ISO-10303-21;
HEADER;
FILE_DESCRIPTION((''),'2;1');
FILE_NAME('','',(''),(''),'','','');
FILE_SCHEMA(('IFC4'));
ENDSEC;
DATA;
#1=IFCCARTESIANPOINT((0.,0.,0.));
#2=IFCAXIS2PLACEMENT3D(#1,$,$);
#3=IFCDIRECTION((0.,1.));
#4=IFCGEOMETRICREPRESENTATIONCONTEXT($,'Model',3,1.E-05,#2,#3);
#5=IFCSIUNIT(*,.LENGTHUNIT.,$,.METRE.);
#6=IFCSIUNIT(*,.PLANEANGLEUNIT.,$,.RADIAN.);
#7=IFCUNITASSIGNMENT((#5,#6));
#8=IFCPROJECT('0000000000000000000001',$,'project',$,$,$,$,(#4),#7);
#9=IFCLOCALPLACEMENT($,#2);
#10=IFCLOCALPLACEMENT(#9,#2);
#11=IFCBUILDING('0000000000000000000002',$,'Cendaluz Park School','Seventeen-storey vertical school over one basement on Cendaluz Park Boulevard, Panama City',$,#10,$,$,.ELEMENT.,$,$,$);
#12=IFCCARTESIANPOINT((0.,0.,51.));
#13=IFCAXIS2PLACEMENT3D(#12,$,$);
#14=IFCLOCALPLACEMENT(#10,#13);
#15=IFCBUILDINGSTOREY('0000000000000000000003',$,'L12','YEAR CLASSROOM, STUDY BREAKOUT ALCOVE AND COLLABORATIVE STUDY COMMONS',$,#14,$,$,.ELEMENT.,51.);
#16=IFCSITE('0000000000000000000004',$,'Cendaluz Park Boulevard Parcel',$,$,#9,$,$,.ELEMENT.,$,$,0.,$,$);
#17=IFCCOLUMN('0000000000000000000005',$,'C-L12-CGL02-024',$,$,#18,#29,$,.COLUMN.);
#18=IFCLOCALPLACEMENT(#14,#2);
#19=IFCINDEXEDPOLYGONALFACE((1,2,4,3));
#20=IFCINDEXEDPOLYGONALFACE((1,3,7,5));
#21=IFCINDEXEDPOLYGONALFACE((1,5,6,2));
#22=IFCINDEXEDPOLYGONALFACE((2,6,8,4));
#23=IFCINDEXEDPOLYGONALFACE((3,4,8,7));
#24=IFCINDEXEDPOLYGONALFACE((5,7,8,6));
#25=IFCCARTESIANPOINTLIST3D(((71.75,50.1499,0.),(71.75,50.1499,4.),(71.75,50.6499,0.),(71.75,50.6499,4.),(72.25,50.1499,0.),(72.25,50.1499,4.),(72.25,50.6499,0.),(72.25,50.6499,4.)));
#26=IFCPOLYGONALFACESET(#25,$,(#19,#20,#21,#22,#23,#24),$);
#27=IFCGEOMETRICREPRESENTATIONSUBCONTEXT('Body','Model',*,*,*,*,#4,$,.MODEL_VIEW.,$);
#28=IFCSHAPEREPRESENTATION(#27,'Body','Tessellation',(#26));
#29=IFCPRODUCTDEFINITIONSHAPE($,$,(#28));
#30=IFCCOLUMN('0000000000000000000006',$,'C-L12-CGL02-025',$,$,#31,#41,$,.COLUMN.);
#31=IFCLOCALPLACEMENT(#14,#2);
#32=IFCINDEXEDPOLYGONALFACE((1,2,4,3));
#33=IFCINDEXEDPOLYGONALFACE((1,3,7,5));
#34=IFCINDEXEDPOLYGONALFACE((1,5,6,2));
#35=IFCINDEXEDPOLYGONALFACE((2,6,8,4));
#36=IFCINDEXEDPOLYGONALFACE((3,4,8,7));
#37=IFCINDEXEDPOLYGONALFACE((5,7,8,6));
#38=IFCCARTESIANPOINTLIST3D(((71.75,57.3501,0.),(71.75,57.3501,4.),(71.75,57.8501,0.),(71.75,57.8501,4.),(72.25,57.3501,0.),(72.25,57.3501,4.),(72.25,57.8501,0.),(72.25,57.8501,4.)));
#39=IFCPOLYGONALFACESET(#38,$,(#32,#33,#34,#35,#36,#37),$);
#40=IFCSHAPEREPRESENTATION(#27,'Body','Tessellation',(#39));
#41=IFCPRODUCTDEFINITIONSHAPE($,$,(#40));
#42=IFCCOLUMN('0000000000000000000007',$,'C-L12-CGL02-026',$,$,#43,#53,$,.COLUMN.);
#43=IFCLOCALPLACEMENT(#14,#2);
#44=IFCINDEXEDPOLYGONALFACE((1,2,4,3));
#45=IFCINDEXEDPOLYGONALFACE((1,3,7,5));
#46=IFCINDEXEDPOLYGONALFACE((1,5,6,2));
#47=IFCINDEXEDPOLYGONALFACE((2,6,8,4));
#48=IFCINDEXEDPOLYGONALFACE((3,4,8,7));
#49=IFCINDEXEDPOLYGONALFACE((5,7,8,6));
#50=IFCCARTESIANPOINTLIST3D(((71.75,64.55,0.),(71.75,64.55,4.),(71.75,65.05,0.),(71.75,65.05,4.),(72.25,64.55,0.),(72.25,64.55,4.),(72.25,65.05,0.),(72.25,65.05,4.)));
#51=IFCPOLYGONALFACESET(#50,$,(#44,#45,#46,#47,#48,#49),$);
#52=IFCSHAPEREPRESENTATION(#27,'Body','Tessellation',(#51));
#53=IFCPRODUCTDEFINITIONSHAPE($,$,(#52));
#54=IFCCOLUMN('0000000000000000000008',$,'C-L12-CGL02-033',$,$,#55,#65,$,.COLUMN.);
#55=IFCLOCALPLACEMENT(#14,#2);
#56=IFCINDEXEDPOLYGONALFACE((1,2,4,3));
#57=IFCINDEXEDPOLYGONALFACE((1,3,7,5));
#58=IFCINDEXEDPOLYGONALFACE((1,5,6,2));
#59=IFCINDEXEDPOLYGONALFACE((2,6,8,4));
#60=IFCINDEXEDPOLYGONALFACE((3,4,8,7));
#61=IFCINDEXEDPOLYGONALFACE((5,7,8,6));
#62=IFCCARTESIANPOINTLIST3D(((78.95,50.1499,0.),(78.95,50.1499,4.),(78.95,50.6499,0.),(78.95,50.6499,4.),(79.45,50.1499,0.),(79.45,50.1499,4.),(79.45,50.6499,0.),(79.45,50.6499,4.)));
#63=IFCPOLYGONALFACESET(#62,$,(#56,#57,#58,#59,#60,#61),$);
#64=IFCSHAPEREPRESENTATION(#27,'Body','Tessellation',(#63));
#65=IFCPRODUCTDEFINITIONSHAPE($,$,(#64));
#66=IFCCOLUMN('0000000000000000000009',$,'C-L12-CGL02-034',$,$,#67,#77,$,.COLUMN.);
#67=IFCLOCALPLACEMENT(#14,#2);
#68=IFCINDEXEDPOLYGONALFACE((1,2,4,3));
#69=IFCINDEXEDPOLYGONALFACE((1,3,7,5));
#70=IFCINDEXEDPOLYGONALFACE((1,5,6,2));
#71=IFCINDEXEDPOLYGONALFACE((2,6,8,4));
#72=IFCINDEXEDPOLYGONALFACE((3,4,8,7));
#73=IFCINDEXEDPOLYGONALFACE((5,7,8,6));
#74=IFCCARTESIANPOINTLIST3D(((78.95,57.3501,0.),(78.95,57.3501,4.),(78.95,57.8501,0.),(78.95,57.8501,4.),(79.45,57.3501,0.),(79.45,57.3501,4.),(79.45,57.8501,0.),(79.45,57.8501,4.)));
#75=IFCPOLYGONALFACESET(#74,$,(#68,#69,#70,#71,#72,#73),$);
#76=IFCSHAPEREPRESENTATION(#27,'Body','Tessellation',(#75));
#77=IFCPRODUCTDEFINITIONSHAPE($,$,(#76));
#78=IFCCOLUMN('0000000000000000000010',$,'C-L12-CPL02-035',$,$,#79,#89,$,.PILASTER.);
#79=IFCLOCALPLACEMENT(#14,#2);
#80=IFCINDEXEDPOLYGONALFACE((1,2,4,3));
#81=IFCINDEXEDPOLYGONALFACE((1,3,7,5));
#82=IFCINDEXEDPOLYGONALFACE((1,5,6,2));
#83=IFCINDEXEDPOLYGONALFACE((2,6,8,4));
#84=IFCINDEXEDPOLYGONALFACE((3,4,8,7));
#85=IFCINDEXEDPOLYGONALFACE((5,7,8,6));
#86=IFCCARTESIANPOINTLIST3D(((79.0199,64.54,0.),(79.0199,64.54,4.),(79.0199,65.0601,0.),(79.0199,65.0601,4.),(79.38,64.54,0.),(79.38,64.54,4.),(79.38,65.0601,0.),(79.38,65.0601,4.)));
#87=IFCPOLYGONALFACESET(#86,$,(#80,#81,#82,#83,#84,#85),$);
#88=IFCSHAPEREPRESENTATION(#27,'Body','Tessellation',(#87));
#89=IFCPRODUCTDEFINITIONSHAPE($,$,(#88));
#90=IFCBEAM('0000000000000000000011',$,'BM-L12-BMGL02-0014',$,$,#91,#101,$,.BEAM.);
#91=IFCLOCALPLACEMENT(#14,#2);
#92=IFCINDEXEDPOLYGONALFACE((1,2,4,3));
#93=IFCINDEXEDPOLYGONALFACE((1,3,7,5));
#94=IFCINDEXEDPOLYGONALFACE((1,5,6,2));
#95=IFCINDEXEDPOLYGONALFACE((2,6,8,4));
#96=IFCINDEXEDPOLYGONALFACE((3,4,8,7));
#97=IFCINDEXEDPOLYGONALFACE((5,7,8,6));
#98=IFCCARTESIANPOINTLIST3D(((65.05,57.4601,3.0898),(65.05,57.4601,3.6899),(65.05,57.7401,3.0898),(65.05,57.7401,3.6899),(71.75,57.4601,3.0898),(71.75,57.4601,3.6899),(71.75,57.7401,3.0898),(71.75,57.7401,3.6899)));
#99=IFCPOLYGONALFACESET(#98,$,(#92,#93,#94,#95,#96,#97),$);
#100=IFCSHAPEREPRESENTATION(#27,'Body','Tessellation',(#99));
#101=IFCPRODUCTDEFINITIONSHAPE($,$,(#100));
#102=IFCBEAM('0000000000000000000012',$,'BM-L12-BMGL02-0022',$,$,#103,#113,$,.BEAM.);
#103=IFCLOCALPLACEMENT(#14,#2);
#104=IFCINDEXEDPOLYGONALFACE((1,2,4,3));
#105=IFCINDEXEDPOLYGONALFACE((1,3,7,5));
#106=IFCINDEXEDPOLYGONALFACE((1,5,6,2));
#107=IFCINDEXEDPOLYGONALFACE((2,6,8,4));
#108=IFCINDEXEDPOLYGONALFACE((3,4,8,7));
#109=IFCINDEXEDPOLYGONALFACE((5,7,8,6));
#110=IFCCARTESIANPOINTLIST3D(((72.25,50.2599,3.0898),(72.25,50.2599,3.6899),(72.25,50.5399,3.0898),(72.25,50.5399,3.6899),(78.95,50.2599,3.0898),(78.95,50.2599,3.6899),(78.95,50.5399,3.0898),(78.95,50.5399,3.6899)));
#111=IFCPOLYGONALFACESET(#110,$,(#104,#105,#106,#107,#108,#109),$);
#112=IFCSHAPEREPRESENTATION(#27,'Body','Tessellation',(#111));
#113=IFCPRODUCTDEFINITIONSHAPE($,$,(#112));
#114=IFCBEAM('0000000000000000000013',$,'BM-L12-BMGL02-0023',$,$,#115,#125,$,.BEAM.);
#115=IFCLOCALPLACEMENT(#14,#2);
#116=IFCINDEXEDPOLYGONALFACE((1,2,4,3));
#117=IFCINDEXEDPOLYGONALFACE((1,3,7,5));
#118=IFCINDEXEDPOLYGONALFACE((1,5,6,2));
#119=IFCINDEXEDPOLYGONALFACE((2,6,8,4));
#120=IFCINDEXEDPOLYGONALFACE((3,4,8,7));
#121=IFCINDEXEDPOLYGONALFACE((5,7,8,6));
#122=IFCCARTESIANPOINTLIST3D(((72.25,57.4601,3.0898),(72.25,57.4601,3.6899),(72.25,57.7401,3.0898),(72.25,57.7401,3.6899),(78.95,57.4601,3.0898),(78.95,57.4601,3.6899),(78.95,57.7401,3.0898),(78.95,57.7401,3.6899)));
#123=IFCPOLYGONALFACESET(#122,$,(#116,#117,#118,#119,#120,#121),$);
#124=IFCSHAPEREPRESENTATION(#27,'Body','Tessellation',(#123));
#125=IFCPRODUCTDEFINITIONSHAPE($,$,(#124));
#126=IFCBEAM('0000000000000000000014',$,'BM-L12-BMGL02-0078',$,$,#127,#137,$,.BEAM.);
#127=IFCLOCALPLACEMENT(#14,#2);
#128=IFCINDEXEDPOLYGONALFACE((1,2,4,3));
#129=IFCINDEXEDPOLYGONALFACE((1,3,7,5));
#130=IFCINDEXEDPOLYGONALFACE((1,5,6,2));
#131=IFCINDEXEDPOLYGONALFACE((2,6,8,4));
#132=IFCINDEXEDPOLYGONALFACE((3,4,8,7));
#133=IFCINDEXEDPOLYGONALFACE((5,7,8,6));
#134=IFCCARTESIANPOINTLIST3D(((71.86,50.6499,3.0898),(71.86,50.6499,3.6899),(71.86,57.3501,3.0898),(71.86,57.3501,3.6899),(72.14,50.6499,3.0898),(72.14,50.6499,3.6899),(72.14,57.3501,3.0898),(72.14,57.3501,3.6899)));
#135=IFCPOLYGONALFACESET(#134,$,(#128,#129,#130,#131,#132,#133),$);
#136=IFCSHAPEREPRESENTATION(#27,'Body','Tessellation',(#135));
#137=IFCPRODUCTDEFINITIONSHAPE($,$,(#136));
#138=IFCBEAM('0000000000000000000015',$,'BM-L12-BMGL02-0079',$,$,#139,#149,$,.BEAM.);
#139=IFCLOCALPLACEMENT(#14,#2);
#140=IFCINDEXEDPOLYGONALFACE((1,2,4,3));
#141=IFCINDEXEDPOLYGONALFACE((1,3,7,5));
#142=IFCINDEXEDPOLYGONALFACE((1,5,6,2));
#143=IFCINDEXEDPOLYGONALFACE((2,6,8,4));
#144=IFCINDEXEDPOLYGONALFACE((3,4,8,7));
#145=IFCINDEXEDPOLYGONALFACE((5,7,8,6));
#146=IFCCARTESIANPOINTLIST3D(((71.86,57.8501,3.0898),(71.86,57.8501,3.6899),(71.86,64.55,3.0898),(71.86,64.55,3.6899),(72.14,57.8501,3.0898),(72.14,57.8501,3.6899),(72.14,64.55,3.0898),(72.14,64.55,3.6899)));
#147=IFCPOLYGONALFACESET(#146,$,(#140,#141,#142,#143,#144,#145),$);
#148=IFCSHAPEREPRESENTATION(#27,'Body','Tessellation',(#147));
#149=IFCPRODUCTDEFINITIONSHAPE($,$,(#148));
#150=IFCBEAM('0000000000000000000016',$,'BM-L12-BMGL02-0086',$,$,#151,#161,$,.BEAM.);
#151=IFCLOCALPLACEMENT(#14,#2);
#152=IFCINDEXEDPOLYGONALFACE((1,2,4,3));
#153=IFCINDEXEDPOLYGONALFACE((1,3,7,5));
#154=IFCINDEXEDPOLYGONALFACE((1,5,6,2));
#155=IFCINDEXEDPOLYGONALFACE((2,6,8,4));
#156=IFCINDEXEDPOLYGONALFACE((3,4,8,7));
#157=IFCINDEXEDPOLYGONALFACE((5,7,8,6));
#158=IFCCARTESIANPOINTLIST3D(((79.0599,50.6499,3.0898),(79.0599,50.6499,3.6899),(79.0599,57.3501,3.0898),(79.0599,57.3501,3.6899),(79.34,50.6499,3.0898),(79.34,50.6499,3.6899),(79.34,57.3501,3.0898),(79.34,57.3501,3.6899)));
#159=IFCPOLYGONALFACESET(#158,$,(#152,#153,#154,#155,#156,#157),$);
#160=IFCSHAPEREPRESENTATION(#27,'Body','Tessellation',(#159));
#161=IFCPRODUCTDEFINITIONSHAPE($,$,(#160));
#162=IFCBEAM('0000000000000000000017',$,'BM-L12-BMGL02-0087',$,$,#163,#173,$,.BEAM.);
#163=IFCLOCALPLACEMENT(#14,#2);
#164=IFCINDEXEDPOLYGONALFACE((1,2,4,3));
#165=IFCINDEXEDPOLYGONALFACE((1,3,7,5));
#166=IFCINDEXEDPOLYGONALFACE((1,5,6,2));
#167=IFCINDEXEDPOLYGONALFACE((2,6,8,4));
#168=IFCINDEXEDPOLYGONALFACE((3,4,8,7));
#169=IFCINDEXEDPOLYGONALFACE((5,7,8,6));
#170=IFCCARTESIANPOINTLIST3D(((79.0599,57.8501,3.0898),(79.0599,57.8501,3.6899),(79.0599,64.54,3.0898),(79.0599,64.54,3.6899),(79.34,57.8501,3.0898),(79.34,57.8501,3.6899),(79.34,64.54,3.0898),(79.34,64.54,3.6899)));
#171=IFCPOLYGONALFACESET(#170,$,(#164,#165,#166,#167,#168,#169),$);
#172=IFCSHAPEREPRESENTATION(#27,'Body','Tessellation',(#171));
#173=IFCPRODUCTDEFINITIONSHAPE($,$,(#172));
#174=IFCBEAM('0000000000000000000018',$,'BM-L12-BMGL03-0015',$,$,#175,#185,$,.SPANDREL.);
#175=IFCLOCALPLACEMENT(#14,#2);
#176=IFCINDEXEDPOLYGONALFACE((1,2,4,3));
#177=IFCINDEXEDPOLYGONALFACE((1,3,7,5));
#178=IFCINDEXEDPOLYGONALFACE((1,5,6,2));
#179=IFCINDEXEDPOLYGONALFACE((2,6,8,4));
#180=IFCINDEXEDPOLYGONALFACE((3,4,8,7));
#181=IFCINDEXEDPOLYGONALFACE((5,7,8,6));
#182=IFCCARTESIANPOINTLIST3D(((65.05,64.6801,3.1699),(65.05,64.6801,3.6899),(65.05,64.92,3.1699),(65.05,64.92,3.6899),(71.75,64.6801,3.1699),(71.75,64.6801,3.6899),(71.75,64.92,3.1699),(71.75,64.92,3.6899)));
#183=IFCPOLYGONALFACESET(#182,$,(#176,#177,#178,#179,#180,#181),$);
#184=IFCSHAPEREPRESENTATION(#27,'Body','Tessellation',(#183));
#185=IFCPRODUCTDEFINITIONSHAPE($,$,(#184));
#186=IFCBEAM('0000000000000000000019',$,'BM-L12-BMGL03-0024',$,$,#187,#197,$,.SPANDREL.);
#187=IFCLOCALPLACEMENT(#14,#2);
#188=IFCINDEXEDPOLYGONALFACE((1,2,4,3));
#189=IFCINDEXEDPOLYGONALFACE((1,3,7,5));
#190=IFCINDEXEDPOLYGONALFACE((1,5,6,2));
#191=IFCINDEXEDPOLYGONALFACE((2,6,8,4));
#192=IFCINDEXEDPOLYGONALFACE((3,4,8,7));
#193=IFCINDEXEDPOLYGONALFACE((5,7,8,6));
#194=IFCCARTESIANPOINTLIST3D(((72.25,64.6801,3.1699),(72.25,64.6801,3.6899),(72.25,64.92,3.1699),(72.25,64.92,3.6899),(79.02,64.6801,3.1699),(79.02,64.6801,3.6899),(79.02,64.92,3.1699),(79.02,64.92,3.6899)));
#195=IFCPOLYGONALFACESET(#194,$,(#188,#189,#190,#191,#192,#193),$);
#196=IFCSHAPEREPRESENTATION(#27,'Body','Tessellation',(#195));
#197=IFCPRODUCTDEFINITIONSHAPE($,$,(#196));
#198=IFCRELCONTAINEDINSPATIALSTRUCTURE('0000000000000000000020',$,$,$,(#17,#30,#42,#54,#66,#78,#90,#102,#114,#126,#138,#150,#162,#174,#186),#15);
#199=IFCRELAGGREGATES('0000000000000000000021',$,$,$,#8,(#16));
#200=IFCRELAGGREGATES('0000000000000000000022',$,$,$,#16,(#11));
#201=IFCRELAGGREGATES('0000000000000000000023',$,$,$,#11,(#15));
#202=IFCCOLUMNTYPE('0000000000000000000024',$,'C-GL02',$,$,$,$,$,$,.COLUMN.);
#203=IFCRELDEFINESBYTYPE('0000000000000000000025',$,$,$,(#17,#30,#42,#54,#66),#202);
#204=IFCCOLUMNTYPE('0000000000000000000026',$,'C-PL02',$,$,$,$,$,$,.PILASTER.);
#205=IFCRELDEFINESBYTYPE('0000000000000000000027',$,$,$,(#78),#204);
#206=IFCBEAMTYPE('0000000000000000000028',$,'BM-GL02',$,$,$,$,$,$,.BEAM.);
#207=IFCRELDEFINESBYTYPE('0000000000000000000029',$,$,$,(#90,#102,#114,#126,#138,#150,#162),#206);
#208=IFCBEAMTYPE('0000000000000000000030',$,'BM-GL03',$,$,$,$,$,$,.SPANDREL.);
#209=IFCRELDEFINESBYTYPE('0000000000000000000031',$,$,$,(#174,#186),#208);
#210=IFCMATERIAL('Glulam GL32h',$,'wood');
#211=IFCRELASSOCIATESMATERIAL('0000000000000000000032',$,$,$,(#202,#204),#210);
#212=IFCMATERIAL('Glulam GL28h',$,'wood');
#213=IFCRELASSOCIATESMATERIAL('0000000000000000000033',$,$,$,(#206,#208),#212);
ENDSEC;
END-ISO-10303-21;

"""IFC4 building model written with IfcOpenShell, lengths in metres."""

from ifc_helpers import new_model, si_unit, direction, frame, origin, origin_2d, place, context, subcontext, project, spatial, rectangle, extrude, material, material_profile, profile_set, type_object, element, save


model = new_model("IFC4")

# Units and contexts
model_context = context("Model", 3, precision=1e-05, world=origin(), true_north=direction((0.0, 1.0)))
body_context = subcontext(model_context, "Body", "Model", "MODEL_VIEW")
ifc_project = project(units=[si_unit("LENGTHUNIT", "METRE"), si_unit("PLANEANGLEUNIT", "RADIAN")], contexts=[model_context])

# Site, building, storey
site_placement = place(None, origin())
site = spatial("IfcSite", under=ifc_project, at=site_placement, Name="Cendaluz Park Boulevard Parcel", CompositionType="ELEMENT", RefElevation=0.0)
building_placement = place(site_placement, origin())
building = spatial("IfcBuilding", under=site, at=building_placement, Name="Cendaluz Park School", Description="Seventeen-storey vertical school over one basement on Cendaluz Park Boulevard, Panama City", CompositionType="ELEMENT")
storey_placement = place(building_placement, frame((0.0, 0.0, 51.0)))
storey = spatial("IfcBuildingStorey", under=building, at=storey_placement, Name="L12", Description="YEAR CLASSROOM, STUDY BREAKOUT ALCOVE AND COLLABORATIVE STUDY COMMONS", CompositionType="ELEMENT", Elevation=51.0)

# Columns
ifc_material_1 = material(Name="Glulam GL32h", Category="wood")
ifc_material_profile_1 = material_profile(ifc_material_1, rectangle(XDim=0.5, YDim=0.5, at=origin_2d()), Name="GL32h 500x500", Category="wood")
ifc_profile_set_1 = profile_set([ifc_material_profile_1], Name="Glulam GL32h")
column_type_1 = type_object("IfcColumnType", Name="C-GL02", PredefinedType="COLUMN", material=ifc_profile_set_1)
for number, where, z_axis, x_axis, name in (
    (1, (72.0, 50.3999, 0.0), (0.0, 0.0, 1.0), (1.0, 0.0, 0.0), "C-L12-CGL02-024"),
    (2, (72.0, 57.6001, 0.0), (0.0, 0.0, 1.0), (1.0, 0.0, 0.0), "C-L12-CGL02-025"),
    (3, (72.0, 64.8, 0.0), (0.0, 0.0, 1.0), (1.0, 0.0, 0.0), "C-L12-CGL02-026"),
    (4, (79.2, 50.3999, 0.0), (0.0, 0.0, 1.0), (1.0, 0.0, 0.0), "C-L12-CGL02-033"),
    (5, (79.2, 57.6001, 0.0), (0.0, 0.0, 1.0), (1.0, 0.0, 0.0), "C-L12-CGL02-034"),
):
    element("IfcColumn", number, at=place(storey_placement, frame(where, z_axis=z_axis, x_axis=x_axis)), inside=storey, type_object=column_type_1, Name=name, PredefinedType="COLUMN", context=body_context, shape_type="SweptSolid", body=[
        extrude(rectangle(XDim=0.5, YDim=0.5, at=origin_2d()), origin(), (0.0, 0.0, 1.0), 4.0),
    ])
ifc_material_profile_2 = material_profile(ifc_material_1, rectangle(XDim=0.3601, YDim=0.52, at=origin_2d()), Name="GL32h 360x520", Category="wood")
ifc_profile_set_2 = profile_set([ifc_material_profile_2], Name="Glulam GL32h")
column_type_2 = type_object("IfcColumnType", Name="C-PL02", PredefinedType="PILASTER", material=ifc_profile_set_2)
column_placement = place(storey_placement, frame((79.2, 64.8, 0.0), z_axis=(0.0, 0.0, 1.0), x_axis=(1.0, 0.0, 0.0)))
element("IfcColumn", 6, at=column_placement, inside=storey, type_object=column_type_2, Name="C-L12-CPL02-035", PredefinedType="PILASTER", context=body_context, shape_type="SweptSolid", body=[
    extrude(rectangle(XDim=0.3601, YDim=0.52, at=origin_2d()), origin(), (0.0, 0.0, 1.0), 4.0),
])

# Beams
ifc_material_2 = material(Name="Glulam GL28h", Category="wood")
ifc_material_profile_3 = material_profile(ifc_material_2, rectangle(XDim=0.28, YDim=0.6001, at=origin_2d()), Name="GL28h 280x600", Category="wood")
ifc_profile_set_3 = profile_set([ifc_material_profile_3], Name="Glulam GL28h")
beam_type_1 = type_object("IfcBeamType", Name="BM-GL02", PredefinedType="BEAM", material=ifc_profile_set_3)
for number, where, z_axis, x_axis, name in (
    (7, (65.05, 57.6001, 3.3899), (1.0, 0.0, 0.0), (0.0, 1.0, 0.0), "BM-L12-BMGL02-0014"),
    (8, (72.25, 50.3999, 3.3899), (1.0, 0.0, 0.0), (0.0, 1.0, 0.0), "BM-L12-BMGL02-0022"),
    (9, (72.25, 57.6001, 3.3899), (1.0, 0.0, 0.0), (0.0, 1.0, 0.0), "BM-L12-BMGL02-0023"),
):
    element("IfcBeam", number, at=place(storey_placement, frame(where, z_axis=z_axis, x_axis=x_axis)), inside=storey, type_object=beam_type_1, Name=name, PredefinedType="BEAM", context=body_context, shape_type="SweptSolid", body=[
        extrude(rectangle(XDim=0.28, YDim=0.6001, at=origin_2d()), origin(), (0.0, 0.0, 1.0), 6.7),
    ])
beam_1_placement = place(storey_placement, frame((72.0, 50.6499, 3.3899), z_axis=(0.0, 1.0, 0.0), x_axis=(-1.0, 0.0, 0.0)))
element("IfcBeam", 10, at=beam_1_placement, inside=storey, type_object=beam_type_1, Name="BM-L12-BMGL02-0078", PredefinedType="BEAM", context=body_context, shape_type="SweptSolid", body=[
    extrude(rectangle(XDim=0.28, YDim=0.6001, at=origin_2d()), origin(), (0.0, 0.0, 1.0), 6.7002),
])
beam_2_placement = place(storey_placement, frame((72.0, 57.8501, 3.3899), z_axis=(0.0, 1.0, 0.0), x_axis=(-1.0, 0.0, 0.0)))
element("IfcBeam", 11, at=beam_2_placement, inside=storey, type_object=beam_type_1, Name="BM-L12-BMGL02-0079", PredefinedType="BEAM", context=body_context, shape_type="SweptSolid", body=[
    extrude(rectangle(XDim=0.28, YDim=0.6001, at=origin_2d()), origin(), (0.0, 0.0, 1.0), 6.7),
])
beam_3_placement = place(storey_placement, frame((79.2, 50.6499, 3.3899), z_axis=(0.0, 1.0, 0.0), x_axis=(-1.0, 0.0, 0.0)))
element("IfcBeam", 12, at=beam_3_placement, inside=storey, type_object=beam_type_1, Name="BM-L12-BMGL02-0086", PredefinedType="BEAM", context=body_context, shape_type="SweptSolid", body=[
    extrude(rectangle(XDim=0.28, YDim=0.6001, at=origin_2d()), origin(), (0.0, 0.0, 1.0), 6.7002),
])
beam_4_placement = place(storey_placement, frame((79.2, 57.8501, 3.3899), z_axis=(0.0, 1.0, 0.0), x_axis=(-1.0, 0.0, 0.0)))
element("IfcBeam", 13, at=beam_4_placement, inside=storey, type_object=beam_type_1, Name="BM-L12-BMGL02-0087", PredefinedType="BEAM", context=body_context, shape_type="SweptSolid", body=[
    extrude(rectangle(XDim=0.28, YDim=0.6001, at=origin_2d()), origin(), (0.0, 0.0, 1.0), 6.6899),
])
ifc_material_profile_4 = material_profile(ifc_material_2, rectangle(XDim=0.24, YDim=0.52, at=origin_2d()), Name="GL28h 240x520", Category="wood")
ifc_profile_set_4 = profile_set([ifc_material_profile_4], Name="Glulam GL28h")
beam_type_2 = type_object("IfcBeamType", Name="BM-GL03", PredefinedType="SPANDREL", material=ifc_profile_set_4)
beam_5_placement = place(storey_placement, frame((65.05, 64.8, 3.4299), z_axis=(1.0, 0.0, 0.0), x_axis=(0.0, 1.0, 0.0)))
element("IfcBeam", 14, at=beam_5_placement, inside=storey, type_object=beam_type_2, Name="BM-L12-BMGL03-0015", PredefinedType="SPANDREL", context=body_context, shape_type="SweptSolid", body=[
    extrude(rectangle(XDim=0.24, YDim=0.52, at=origin_2d()), origin(), (0.0, 0.0, 1.0), 6.7),
])
beam_6_placement = place(storey_placement, frame((72.25, 64.8, 3.4299), z_axis=(1.0, 0.0, 0.0), x_axis=(0.0, 1.0, 0.0)))
element("IfcBeam", 15, at=beam_6_placement, inside=storey, type_object=beam_type_2, Name="BM-L12-BMGL03-0024", PredefinedType="SPANDREL", context=body_context, shape_type="SweptSolid", body=[
    extrude(rectangle(XDim=0.24, YDim=0.52, at=origin_2d()), origin(), (0.0, 0.0, 1.0), 6.77),
])

save(model, "model.ifc")
